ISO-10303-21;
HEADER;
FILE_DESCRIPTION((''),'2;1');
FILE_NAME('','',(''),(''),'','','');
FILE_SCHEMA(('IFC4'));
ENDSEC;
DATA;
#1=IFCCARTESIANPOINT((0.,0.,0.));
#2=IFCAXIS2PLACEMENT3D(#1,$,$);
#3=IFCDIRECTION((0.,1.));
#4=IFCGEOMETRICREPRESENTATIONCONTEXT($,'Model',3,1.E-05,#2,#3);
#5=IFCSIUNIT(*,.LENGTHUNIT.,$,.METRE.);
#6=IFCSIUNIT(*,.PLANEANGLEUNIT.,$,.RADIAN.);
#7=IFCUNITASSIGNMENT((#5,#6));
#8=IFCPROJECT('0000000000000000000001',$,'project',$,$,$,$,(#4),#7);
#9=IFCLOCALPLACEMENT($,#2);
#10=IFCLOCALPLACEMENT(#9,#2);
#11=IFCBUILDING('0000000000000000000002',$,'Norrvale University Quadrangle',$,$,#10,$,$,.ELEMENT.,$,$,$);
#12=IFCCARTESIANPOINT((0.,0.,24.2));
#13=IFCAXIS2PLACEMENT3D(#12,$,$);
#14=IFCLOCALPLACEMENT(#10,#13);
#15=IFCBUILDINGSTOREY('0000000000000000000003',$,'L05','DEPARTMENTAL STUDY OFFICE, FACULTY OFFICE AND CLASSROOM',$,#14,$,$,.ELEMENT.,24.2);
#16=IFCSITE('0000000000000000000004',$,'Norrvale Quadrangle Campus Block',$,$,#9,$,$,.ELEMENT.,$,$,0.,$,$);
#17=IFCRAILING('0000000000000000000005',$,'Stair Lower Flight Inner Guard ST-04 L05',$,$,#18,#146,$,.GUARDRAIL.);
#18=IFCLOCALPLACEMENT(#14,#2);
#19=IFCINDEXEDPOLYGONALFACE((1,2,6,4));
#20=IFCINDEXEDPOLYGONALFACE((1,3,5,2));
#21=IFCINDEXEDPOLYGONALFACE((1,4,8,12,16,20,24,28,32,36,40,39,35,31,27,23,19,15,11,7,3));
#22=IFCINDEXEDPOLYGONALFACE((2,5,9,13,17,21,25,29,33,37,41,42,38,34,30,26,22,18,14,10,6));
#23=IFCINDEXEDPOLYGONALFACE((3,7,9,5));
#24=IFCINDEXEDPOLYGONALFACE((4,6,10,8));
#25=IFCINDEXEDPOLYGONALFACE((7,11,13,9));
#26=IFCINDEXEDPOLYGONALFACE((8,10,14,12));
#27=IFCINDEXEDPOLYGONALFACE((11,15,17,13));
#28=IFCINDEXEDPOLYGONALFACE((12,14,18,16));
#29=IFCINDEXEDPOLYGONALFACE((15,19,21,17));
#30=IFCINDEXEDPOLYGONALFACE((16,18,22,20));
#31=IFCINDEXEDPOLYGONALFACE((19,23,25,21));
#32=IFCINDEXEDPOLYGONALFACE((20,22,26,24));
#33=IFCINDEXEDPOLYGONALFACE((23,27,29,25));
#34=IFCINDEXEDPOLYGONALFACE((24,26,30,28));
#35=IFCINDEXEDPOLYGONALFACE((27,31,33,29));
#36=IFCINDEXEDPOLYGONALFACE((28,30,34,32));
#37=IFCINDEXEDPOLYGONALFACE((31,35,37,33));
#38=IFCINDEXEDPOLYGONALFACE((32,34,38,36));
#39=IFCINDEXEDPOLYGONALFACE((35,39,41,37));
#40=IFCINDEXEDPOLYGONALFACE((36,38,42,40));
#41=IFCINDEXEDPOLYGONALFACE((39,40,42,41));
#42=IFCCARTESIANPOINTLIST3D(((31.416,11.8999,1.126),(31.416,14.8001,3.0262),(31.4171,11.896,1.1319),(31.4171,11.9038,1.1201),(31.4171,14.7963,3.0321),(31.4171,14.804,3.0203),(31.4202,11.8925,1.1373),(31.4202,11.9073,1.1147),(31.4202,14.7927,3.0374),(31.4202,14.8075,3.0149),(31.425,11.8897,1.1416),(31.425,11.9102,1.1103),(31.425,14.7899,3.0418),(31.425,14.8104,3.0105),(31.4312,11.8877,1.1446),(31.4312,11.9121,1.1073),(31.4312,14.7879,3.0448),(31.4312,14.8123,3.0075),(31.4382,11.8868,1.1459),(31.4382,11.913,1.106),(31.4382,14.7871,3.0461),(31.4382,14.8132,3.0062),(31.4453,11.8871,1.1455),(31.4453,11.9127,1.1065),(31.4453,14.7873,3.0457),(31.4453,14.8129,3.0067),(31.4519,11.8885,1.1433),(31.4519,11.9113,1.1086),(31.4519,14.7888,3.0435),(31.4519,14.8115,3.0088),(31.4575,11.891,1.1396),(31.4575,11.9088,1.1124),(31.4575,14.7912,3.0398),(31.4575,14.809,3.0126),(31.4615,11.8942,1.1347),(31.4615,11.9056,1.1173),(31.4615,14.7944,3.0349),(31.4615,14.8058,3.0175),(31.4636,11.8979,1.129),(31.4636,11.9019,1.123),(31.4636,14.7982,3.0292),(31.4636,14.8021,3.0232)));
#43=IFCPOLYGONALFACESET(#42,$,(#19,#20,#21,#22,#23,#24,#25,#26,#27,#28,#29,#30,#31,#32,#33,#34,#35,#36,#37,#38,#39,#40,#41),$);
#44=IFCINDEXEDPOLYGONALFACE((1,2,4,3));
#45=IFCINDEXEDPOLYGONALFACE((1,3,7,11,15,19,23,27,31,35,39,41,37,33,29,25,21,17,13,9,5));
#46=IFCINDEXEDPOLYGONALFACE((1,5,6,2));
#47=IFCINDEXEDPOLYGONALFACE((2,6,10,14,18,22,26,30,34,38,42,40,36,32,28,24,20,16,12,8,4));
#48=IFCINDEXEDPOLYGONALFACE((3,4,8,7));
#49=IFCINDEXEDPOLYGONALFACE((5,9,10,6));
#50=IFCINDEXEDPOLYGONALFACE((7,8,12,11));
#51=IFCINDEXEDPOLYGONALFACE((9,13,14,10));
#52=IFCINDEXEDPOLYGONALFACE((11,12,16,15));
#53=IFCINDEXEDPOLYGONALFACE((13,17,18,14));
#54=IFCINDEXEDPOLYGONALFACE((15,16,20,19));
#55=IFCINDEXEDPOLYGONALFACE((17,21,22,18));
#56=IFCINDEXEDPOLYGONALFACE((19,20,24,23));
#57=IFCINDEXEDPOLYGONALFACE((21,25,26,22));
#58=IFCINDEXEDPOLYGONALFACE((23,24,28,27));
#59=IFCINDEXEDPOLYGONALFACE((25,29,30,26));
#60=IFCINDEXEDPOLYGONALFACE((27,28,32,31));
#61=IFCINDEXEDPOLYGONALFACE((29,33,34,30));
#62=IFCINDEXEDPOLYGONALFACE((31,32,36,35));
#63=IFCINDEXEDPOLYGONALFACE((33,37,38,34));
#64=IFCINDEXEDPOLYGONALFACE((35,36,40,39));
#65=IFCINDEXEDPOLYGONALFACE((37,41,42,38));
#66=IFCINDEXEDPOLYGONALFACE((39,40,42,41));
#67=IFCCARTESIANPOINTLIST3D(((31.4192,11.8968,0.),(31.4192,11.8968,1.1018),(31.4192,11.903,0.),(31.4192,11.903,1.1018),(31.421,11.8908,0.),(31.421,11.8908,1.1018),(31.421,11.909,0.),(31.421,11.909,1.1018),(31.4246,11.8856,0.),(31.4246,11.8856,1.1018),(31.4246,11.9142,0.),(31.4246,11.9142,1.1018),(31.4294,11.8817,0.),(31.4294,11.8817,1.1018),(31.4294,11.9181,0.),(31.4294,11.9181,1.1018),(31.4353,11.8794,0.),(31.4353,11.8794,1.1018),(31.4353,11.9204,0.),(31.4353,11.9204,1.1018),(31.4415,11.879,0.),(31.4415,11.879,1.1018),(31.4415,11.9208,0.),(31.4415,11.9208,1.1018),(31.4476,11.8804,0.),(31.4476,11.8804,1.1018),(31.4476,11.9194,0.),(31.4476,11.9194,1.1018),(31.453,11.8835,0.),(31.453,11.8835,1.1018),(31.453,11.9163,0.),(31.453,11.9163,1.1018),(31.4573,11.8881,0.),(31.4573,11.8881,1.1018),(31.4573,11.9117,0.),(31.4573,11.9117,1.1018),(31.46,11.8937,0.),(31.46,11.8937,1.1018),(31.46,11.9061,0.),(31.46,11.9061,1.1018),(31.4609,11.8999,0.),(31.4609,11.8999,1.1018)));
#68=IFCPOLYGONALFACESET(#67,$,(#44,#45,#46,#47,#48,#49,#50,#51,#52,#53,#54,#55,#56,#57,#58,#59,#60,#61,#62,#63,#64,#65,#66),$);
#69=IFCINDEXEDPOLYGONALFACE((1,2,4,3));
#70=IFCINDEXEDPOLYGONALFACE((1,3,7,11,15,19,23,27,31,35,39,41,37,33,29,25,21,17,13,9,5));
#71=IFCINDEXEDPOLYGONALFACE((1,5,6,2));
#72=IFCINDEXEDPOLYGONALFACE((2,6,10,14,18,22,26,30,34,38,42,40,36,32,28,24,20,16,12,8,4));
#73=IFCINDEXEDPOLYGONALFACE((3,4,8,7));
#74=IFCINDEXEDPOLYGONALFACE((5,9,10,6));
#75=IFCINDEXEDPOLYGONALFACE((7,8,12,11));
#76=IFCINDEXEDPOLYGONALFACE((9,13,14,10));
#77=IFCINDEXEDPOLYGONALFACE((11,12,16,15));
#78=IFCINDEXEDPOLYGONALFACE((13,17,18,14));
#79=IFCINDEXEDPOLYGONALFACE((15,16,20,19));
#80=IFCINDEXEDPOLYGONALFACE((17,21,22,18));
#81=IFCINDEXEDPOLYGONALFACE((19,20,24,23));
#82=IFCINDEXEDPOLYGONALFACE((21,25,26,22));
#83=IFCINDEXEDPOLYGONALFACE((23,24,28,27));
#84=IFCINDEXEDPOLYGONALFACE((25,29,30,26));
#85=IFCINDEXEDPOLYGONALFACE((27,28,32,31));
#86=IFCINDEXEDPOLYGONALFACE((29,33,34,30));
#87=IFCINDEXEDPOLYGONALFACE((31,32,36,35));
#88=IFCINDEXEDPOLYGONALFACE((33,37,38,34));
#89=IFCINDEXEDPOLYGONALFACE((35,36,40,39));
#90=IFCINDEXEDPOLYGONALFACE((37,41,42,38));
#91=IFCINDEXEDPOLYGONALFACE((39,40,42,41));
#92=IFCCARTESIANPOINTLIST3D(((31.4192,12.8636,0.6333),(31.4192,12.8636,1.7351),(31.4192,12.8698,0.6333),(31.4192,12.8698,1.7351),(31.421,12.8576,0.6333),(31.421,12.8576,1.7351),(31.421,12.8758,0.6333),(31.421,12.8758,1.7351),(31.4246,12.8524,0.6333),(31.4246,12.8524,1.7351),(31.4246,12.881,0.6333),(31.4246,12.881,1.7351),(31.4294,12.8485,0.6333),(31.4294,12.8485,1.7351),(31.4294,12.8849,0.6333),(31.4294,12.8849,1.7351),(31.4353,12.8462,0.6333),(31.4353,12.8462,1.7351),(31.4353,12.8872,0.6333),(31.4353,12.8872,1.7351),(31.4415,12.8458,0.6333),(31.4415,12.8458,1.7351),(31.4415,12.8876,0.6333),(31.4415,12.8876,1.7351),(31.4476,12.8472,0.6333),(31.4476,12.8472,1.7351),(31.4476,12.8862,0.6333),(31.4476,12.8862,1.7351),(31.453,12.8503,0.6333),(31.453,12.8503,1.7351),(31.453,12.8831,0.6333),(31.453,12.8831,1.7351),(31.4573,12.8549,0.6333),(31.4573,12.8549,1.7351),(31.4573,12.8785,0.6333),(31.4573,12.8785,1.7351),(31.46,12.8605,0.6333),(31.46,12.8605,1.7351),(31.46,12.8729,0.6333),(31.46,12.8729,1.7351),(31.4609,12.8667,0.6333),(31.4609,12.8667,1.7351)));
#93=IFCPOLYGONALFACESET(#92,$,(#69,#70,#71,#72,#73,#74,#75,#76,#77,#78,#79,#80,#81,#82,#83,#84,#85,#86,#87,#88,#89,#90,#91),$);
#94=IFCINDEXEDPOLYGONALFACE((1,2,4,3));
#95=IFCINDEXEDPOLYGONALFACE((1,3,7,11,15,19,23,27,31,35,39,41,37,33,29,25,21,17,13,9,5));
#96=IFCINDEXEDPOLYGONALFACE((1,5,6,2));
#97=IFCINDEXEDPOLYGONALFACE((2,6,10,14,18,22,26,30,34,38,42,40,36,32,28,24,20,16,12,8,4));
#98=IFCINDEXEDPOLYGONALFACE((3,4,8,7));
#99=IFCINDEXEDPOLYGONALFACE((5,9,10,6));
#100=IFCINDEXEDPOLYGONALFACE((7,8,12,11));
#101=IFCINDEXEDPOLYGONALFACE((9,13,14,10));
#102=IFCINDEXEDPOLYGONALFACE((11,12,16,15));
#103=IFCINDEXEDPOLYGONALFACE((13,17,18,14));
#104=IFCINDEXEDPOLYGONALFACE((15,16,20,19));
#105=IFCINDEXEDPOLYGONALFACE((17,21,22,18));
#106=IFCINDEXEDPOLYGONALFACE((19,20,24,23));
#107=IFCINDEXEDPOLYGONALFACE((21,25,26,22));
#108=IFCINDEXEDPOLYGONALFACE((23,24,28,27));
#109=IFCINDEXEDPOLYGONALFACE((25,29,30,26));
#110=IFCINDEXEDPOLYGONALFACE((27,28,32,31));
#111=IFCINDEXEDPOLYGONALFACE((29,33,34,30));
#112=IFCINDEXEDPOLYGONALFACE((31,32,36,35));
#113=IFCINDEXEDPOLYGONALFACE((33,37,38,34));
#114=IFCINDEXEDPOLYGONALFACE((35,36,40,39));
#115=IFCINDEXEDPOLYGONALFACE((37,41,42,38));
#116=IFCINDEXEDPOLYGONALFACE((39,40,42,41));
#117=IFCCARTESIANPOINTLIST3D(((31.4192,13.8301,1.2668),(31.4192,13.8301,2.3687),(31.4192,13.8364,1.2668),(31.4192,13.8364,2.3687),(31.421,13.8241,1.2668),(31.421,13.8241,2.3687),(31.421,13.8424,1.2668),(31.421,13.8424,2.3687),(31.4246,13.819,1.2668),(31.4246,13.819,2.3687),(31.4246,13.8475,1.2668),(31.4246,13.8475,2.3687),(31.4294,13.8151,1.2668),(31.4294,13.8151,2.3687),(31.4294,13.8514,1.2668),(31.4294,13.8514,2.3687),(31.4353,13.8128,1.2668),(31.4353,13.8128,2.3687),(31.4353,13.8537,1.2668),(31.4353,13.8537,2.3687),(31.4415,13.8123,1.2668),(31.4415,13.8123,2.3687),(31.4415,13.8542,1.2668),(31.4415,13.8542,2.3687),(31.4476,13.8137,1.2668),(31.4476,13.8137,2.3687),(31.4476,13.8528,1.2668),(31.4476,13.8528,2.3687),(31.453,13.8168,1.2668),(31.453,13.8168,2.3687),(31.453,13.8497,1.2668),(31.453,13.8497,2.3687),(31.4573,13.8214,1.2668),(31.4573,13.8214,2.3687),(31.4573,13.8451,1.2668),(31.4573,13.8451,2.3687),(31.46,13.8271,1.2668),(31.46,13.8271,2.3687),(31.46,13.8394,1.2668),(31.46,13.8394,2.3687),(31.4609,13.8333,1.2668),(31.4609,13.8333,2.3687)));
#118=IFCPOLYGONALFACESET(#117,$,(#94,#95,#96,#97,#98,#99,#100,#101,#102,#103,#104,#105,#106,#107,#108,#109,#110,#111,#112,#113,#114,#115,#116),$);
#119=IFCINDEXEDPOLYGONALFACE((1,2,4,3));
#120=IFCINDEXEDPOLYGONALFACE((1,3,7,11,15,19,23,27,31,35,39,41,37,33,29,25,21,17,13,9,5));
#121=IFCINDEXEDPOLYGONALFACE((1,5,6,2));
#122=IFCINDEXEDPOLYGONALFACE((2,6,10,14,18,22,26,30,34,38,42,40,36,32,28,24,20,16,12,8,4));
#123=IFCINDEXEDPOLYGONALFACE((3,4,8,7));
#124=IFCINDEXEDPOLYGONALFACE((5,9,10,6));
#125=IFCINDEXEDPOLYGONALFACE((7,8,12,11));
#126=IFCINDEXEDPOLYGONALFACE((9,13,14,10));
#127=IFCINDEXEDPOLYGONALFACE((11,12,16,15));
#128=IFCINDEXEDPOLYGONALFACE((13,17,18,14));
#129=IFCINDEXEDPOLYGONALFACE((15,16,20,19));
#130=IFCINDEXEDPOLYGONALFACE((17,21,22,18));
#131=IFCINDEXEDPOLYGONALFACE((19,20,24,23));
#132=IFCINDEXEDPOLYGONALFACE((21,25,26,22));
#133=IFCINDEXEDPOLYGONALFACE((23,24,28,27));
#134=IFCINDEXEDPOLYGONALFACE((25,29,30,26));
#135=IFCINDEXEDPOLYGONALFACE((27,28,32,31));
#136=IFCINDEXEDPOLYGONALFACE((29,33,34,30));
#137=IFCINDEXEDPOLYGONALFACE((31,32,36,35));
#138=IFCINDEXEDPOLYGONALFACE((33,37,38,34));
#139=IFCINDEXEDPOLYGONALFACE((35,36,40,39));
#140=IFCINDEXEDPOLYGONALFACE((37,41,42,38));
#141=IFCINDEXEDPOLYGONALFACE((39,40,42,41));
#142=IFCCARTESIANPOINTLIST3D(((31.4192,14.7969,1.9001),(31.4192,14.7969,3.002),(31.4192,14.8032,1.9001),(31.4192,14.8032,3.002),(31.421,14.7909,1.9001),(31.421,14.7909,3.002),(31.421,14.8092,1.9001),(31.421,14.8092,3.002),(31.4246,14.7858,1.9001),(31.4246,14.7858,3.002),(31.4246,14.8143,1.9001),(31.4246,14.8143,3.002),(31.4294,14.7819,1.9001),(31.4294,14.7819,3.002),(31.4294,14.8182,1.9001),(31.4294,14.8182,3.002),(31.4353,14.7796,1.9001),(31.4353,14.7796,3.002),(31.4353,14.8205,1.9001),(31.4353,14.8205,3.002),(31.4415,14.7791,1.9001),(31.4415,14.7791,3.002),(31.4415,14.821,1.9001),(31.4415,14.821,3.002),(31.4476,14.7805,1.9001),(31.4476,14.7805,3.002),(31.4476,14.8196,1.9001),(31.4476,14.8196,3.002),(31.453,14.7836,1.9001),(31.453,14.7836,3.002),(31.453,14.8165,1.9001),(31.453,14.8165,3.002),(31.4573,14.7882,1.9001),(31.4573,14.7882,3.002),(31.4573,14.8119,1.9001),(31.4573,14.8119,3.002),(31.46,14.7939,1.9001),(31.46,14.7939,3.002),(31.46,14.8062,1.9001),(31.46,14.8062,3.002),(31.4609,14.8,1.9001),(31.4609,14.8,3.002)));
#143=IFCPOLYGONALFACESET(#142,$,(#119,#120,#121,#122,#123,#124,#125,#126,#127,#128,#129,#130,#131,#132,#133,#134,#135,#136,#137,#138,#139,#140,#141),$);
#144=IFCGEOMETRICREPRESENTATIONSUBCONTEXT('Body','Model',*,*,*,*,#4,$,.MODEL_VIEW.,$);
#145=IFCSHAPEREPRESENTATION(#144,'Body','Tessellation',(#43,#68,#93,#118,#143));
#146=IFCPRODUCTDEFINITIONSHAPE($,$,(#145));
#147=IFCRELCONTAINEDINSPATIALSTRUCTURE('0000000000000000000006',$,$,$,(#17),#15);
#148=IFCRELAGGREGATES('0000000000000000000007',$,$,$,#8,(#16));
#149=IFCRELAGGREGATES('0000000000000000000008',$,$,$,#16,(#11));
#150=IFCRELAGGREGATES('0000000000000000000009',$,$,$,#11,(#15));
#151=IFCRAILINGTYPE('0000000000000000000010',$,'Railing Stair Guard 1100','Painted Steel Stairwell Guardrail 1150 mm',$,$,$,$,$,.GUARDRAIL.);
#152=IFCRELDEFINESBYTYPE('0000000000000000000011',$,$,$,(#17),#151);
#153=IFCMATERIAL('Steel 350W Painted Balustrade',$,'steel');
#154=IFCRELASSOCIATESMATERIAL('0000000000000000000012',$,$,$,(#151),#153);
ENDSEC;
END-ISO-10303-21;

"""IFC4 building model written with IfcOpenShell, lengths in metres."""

from ifc_helpers import new_model, si_unit, direction, frame, origin, origin_2d, place, context, subcontext, project, spatial, circle, extrude, material, type_object, element, save


model = new_model("IFC4")

# Units and contexts
model_context = context("Model", 3, precision=1e-05, world=origin(), true_north=direction((0.0, 1.0)))
body_context = subcontext(model_context, "Body", "Model", "MODEL_VIEW")
ifc_project = project(units=[si_unit("LENGTHUNIT", "METRE"), si_unit("PLANEANGLEUNIT", "RADIAN")], contexts=[model_context])

# Site, building, storey
site_placement = place(None, origin())
site = spatial("IfcSite", under=ifc_project, at=site_placement, Name="Norrvale Quadrangle Campus Block", CompositionType="ELEMENT", RefElevation=0.0)
building_placement = place(site_placement, origin())
building = spatial("IfcBuilding", under=site, at=building_placement, Name="Norrvale University Quadrangle", CompositionType="ELEMENT")
storey_placement = place(building_placement, frame((0.0, 0.0, 24.2)))
storey = spatial("IfcBuildingStorey", under=building, at=storey_placement, Name="L05", Description="DEPARTMENTAL STUDY OFFICE, FACULTY OFFICE AND CLASSROOM", CompositionType="ELEMENT", Elevation=24.2)

# Railing
ifc_material_1 = material(Name="Steel 350W Painted Balustrade", Category="steel")
railing_type_1 = type_object("IfcRailingType", Name="Railing Stair Guard 1100", Description="Painted Steel Stairwell Guardrail 1150 mm", PredefinedType="GUARDRAIL", material=ifc_material_1)
railing_1_placement = place(storey_placement, frame((31.4399, 11.8999, 0.0)))
element("IfcRailing", 1, at=railing_1_placement, inside=storey, type_object=railing_type_1, Name="Stair Lower Flight Inner Guard ST-04 L05", PredefinedType="GUARDRAIL", context=body_context, shape_type="SweptSolid", body=[
    extrude(circle(Radius=0.0239, at=origin_2d()), frame((0.0, 0.0, 1.126), z_axis=(0.0, 0.836454, 0.548036), x_axis=(-1.0, 0.0, 0.0)), (0.0, 0.0, 1.0), 3.4673),
    extrude(circle(Radius=0.021, at=origin_2d()), origin(), (0.0, 0.0, 1.0), 1.1018),
    extrude(circle(Radius=0.021, at=origin_2d()), frame((0.0, 0.9668, 0.6333)), (0.0, 0.0, 1.0), 1.1018),
    extrude(circle(Radius=0.021, at=origin_2d()), frame((0.0, 1.9333, 1.2668)), (0.0, 0.0, 1.0), 1.1018),
    extrude(circle(Radius=0.021, at=origin_2d()), frame((0.0, 2.9001, 1.9001)), (0.0, 0.0, 1.0), 1.1018),
])

save(model, "model.ifc")
